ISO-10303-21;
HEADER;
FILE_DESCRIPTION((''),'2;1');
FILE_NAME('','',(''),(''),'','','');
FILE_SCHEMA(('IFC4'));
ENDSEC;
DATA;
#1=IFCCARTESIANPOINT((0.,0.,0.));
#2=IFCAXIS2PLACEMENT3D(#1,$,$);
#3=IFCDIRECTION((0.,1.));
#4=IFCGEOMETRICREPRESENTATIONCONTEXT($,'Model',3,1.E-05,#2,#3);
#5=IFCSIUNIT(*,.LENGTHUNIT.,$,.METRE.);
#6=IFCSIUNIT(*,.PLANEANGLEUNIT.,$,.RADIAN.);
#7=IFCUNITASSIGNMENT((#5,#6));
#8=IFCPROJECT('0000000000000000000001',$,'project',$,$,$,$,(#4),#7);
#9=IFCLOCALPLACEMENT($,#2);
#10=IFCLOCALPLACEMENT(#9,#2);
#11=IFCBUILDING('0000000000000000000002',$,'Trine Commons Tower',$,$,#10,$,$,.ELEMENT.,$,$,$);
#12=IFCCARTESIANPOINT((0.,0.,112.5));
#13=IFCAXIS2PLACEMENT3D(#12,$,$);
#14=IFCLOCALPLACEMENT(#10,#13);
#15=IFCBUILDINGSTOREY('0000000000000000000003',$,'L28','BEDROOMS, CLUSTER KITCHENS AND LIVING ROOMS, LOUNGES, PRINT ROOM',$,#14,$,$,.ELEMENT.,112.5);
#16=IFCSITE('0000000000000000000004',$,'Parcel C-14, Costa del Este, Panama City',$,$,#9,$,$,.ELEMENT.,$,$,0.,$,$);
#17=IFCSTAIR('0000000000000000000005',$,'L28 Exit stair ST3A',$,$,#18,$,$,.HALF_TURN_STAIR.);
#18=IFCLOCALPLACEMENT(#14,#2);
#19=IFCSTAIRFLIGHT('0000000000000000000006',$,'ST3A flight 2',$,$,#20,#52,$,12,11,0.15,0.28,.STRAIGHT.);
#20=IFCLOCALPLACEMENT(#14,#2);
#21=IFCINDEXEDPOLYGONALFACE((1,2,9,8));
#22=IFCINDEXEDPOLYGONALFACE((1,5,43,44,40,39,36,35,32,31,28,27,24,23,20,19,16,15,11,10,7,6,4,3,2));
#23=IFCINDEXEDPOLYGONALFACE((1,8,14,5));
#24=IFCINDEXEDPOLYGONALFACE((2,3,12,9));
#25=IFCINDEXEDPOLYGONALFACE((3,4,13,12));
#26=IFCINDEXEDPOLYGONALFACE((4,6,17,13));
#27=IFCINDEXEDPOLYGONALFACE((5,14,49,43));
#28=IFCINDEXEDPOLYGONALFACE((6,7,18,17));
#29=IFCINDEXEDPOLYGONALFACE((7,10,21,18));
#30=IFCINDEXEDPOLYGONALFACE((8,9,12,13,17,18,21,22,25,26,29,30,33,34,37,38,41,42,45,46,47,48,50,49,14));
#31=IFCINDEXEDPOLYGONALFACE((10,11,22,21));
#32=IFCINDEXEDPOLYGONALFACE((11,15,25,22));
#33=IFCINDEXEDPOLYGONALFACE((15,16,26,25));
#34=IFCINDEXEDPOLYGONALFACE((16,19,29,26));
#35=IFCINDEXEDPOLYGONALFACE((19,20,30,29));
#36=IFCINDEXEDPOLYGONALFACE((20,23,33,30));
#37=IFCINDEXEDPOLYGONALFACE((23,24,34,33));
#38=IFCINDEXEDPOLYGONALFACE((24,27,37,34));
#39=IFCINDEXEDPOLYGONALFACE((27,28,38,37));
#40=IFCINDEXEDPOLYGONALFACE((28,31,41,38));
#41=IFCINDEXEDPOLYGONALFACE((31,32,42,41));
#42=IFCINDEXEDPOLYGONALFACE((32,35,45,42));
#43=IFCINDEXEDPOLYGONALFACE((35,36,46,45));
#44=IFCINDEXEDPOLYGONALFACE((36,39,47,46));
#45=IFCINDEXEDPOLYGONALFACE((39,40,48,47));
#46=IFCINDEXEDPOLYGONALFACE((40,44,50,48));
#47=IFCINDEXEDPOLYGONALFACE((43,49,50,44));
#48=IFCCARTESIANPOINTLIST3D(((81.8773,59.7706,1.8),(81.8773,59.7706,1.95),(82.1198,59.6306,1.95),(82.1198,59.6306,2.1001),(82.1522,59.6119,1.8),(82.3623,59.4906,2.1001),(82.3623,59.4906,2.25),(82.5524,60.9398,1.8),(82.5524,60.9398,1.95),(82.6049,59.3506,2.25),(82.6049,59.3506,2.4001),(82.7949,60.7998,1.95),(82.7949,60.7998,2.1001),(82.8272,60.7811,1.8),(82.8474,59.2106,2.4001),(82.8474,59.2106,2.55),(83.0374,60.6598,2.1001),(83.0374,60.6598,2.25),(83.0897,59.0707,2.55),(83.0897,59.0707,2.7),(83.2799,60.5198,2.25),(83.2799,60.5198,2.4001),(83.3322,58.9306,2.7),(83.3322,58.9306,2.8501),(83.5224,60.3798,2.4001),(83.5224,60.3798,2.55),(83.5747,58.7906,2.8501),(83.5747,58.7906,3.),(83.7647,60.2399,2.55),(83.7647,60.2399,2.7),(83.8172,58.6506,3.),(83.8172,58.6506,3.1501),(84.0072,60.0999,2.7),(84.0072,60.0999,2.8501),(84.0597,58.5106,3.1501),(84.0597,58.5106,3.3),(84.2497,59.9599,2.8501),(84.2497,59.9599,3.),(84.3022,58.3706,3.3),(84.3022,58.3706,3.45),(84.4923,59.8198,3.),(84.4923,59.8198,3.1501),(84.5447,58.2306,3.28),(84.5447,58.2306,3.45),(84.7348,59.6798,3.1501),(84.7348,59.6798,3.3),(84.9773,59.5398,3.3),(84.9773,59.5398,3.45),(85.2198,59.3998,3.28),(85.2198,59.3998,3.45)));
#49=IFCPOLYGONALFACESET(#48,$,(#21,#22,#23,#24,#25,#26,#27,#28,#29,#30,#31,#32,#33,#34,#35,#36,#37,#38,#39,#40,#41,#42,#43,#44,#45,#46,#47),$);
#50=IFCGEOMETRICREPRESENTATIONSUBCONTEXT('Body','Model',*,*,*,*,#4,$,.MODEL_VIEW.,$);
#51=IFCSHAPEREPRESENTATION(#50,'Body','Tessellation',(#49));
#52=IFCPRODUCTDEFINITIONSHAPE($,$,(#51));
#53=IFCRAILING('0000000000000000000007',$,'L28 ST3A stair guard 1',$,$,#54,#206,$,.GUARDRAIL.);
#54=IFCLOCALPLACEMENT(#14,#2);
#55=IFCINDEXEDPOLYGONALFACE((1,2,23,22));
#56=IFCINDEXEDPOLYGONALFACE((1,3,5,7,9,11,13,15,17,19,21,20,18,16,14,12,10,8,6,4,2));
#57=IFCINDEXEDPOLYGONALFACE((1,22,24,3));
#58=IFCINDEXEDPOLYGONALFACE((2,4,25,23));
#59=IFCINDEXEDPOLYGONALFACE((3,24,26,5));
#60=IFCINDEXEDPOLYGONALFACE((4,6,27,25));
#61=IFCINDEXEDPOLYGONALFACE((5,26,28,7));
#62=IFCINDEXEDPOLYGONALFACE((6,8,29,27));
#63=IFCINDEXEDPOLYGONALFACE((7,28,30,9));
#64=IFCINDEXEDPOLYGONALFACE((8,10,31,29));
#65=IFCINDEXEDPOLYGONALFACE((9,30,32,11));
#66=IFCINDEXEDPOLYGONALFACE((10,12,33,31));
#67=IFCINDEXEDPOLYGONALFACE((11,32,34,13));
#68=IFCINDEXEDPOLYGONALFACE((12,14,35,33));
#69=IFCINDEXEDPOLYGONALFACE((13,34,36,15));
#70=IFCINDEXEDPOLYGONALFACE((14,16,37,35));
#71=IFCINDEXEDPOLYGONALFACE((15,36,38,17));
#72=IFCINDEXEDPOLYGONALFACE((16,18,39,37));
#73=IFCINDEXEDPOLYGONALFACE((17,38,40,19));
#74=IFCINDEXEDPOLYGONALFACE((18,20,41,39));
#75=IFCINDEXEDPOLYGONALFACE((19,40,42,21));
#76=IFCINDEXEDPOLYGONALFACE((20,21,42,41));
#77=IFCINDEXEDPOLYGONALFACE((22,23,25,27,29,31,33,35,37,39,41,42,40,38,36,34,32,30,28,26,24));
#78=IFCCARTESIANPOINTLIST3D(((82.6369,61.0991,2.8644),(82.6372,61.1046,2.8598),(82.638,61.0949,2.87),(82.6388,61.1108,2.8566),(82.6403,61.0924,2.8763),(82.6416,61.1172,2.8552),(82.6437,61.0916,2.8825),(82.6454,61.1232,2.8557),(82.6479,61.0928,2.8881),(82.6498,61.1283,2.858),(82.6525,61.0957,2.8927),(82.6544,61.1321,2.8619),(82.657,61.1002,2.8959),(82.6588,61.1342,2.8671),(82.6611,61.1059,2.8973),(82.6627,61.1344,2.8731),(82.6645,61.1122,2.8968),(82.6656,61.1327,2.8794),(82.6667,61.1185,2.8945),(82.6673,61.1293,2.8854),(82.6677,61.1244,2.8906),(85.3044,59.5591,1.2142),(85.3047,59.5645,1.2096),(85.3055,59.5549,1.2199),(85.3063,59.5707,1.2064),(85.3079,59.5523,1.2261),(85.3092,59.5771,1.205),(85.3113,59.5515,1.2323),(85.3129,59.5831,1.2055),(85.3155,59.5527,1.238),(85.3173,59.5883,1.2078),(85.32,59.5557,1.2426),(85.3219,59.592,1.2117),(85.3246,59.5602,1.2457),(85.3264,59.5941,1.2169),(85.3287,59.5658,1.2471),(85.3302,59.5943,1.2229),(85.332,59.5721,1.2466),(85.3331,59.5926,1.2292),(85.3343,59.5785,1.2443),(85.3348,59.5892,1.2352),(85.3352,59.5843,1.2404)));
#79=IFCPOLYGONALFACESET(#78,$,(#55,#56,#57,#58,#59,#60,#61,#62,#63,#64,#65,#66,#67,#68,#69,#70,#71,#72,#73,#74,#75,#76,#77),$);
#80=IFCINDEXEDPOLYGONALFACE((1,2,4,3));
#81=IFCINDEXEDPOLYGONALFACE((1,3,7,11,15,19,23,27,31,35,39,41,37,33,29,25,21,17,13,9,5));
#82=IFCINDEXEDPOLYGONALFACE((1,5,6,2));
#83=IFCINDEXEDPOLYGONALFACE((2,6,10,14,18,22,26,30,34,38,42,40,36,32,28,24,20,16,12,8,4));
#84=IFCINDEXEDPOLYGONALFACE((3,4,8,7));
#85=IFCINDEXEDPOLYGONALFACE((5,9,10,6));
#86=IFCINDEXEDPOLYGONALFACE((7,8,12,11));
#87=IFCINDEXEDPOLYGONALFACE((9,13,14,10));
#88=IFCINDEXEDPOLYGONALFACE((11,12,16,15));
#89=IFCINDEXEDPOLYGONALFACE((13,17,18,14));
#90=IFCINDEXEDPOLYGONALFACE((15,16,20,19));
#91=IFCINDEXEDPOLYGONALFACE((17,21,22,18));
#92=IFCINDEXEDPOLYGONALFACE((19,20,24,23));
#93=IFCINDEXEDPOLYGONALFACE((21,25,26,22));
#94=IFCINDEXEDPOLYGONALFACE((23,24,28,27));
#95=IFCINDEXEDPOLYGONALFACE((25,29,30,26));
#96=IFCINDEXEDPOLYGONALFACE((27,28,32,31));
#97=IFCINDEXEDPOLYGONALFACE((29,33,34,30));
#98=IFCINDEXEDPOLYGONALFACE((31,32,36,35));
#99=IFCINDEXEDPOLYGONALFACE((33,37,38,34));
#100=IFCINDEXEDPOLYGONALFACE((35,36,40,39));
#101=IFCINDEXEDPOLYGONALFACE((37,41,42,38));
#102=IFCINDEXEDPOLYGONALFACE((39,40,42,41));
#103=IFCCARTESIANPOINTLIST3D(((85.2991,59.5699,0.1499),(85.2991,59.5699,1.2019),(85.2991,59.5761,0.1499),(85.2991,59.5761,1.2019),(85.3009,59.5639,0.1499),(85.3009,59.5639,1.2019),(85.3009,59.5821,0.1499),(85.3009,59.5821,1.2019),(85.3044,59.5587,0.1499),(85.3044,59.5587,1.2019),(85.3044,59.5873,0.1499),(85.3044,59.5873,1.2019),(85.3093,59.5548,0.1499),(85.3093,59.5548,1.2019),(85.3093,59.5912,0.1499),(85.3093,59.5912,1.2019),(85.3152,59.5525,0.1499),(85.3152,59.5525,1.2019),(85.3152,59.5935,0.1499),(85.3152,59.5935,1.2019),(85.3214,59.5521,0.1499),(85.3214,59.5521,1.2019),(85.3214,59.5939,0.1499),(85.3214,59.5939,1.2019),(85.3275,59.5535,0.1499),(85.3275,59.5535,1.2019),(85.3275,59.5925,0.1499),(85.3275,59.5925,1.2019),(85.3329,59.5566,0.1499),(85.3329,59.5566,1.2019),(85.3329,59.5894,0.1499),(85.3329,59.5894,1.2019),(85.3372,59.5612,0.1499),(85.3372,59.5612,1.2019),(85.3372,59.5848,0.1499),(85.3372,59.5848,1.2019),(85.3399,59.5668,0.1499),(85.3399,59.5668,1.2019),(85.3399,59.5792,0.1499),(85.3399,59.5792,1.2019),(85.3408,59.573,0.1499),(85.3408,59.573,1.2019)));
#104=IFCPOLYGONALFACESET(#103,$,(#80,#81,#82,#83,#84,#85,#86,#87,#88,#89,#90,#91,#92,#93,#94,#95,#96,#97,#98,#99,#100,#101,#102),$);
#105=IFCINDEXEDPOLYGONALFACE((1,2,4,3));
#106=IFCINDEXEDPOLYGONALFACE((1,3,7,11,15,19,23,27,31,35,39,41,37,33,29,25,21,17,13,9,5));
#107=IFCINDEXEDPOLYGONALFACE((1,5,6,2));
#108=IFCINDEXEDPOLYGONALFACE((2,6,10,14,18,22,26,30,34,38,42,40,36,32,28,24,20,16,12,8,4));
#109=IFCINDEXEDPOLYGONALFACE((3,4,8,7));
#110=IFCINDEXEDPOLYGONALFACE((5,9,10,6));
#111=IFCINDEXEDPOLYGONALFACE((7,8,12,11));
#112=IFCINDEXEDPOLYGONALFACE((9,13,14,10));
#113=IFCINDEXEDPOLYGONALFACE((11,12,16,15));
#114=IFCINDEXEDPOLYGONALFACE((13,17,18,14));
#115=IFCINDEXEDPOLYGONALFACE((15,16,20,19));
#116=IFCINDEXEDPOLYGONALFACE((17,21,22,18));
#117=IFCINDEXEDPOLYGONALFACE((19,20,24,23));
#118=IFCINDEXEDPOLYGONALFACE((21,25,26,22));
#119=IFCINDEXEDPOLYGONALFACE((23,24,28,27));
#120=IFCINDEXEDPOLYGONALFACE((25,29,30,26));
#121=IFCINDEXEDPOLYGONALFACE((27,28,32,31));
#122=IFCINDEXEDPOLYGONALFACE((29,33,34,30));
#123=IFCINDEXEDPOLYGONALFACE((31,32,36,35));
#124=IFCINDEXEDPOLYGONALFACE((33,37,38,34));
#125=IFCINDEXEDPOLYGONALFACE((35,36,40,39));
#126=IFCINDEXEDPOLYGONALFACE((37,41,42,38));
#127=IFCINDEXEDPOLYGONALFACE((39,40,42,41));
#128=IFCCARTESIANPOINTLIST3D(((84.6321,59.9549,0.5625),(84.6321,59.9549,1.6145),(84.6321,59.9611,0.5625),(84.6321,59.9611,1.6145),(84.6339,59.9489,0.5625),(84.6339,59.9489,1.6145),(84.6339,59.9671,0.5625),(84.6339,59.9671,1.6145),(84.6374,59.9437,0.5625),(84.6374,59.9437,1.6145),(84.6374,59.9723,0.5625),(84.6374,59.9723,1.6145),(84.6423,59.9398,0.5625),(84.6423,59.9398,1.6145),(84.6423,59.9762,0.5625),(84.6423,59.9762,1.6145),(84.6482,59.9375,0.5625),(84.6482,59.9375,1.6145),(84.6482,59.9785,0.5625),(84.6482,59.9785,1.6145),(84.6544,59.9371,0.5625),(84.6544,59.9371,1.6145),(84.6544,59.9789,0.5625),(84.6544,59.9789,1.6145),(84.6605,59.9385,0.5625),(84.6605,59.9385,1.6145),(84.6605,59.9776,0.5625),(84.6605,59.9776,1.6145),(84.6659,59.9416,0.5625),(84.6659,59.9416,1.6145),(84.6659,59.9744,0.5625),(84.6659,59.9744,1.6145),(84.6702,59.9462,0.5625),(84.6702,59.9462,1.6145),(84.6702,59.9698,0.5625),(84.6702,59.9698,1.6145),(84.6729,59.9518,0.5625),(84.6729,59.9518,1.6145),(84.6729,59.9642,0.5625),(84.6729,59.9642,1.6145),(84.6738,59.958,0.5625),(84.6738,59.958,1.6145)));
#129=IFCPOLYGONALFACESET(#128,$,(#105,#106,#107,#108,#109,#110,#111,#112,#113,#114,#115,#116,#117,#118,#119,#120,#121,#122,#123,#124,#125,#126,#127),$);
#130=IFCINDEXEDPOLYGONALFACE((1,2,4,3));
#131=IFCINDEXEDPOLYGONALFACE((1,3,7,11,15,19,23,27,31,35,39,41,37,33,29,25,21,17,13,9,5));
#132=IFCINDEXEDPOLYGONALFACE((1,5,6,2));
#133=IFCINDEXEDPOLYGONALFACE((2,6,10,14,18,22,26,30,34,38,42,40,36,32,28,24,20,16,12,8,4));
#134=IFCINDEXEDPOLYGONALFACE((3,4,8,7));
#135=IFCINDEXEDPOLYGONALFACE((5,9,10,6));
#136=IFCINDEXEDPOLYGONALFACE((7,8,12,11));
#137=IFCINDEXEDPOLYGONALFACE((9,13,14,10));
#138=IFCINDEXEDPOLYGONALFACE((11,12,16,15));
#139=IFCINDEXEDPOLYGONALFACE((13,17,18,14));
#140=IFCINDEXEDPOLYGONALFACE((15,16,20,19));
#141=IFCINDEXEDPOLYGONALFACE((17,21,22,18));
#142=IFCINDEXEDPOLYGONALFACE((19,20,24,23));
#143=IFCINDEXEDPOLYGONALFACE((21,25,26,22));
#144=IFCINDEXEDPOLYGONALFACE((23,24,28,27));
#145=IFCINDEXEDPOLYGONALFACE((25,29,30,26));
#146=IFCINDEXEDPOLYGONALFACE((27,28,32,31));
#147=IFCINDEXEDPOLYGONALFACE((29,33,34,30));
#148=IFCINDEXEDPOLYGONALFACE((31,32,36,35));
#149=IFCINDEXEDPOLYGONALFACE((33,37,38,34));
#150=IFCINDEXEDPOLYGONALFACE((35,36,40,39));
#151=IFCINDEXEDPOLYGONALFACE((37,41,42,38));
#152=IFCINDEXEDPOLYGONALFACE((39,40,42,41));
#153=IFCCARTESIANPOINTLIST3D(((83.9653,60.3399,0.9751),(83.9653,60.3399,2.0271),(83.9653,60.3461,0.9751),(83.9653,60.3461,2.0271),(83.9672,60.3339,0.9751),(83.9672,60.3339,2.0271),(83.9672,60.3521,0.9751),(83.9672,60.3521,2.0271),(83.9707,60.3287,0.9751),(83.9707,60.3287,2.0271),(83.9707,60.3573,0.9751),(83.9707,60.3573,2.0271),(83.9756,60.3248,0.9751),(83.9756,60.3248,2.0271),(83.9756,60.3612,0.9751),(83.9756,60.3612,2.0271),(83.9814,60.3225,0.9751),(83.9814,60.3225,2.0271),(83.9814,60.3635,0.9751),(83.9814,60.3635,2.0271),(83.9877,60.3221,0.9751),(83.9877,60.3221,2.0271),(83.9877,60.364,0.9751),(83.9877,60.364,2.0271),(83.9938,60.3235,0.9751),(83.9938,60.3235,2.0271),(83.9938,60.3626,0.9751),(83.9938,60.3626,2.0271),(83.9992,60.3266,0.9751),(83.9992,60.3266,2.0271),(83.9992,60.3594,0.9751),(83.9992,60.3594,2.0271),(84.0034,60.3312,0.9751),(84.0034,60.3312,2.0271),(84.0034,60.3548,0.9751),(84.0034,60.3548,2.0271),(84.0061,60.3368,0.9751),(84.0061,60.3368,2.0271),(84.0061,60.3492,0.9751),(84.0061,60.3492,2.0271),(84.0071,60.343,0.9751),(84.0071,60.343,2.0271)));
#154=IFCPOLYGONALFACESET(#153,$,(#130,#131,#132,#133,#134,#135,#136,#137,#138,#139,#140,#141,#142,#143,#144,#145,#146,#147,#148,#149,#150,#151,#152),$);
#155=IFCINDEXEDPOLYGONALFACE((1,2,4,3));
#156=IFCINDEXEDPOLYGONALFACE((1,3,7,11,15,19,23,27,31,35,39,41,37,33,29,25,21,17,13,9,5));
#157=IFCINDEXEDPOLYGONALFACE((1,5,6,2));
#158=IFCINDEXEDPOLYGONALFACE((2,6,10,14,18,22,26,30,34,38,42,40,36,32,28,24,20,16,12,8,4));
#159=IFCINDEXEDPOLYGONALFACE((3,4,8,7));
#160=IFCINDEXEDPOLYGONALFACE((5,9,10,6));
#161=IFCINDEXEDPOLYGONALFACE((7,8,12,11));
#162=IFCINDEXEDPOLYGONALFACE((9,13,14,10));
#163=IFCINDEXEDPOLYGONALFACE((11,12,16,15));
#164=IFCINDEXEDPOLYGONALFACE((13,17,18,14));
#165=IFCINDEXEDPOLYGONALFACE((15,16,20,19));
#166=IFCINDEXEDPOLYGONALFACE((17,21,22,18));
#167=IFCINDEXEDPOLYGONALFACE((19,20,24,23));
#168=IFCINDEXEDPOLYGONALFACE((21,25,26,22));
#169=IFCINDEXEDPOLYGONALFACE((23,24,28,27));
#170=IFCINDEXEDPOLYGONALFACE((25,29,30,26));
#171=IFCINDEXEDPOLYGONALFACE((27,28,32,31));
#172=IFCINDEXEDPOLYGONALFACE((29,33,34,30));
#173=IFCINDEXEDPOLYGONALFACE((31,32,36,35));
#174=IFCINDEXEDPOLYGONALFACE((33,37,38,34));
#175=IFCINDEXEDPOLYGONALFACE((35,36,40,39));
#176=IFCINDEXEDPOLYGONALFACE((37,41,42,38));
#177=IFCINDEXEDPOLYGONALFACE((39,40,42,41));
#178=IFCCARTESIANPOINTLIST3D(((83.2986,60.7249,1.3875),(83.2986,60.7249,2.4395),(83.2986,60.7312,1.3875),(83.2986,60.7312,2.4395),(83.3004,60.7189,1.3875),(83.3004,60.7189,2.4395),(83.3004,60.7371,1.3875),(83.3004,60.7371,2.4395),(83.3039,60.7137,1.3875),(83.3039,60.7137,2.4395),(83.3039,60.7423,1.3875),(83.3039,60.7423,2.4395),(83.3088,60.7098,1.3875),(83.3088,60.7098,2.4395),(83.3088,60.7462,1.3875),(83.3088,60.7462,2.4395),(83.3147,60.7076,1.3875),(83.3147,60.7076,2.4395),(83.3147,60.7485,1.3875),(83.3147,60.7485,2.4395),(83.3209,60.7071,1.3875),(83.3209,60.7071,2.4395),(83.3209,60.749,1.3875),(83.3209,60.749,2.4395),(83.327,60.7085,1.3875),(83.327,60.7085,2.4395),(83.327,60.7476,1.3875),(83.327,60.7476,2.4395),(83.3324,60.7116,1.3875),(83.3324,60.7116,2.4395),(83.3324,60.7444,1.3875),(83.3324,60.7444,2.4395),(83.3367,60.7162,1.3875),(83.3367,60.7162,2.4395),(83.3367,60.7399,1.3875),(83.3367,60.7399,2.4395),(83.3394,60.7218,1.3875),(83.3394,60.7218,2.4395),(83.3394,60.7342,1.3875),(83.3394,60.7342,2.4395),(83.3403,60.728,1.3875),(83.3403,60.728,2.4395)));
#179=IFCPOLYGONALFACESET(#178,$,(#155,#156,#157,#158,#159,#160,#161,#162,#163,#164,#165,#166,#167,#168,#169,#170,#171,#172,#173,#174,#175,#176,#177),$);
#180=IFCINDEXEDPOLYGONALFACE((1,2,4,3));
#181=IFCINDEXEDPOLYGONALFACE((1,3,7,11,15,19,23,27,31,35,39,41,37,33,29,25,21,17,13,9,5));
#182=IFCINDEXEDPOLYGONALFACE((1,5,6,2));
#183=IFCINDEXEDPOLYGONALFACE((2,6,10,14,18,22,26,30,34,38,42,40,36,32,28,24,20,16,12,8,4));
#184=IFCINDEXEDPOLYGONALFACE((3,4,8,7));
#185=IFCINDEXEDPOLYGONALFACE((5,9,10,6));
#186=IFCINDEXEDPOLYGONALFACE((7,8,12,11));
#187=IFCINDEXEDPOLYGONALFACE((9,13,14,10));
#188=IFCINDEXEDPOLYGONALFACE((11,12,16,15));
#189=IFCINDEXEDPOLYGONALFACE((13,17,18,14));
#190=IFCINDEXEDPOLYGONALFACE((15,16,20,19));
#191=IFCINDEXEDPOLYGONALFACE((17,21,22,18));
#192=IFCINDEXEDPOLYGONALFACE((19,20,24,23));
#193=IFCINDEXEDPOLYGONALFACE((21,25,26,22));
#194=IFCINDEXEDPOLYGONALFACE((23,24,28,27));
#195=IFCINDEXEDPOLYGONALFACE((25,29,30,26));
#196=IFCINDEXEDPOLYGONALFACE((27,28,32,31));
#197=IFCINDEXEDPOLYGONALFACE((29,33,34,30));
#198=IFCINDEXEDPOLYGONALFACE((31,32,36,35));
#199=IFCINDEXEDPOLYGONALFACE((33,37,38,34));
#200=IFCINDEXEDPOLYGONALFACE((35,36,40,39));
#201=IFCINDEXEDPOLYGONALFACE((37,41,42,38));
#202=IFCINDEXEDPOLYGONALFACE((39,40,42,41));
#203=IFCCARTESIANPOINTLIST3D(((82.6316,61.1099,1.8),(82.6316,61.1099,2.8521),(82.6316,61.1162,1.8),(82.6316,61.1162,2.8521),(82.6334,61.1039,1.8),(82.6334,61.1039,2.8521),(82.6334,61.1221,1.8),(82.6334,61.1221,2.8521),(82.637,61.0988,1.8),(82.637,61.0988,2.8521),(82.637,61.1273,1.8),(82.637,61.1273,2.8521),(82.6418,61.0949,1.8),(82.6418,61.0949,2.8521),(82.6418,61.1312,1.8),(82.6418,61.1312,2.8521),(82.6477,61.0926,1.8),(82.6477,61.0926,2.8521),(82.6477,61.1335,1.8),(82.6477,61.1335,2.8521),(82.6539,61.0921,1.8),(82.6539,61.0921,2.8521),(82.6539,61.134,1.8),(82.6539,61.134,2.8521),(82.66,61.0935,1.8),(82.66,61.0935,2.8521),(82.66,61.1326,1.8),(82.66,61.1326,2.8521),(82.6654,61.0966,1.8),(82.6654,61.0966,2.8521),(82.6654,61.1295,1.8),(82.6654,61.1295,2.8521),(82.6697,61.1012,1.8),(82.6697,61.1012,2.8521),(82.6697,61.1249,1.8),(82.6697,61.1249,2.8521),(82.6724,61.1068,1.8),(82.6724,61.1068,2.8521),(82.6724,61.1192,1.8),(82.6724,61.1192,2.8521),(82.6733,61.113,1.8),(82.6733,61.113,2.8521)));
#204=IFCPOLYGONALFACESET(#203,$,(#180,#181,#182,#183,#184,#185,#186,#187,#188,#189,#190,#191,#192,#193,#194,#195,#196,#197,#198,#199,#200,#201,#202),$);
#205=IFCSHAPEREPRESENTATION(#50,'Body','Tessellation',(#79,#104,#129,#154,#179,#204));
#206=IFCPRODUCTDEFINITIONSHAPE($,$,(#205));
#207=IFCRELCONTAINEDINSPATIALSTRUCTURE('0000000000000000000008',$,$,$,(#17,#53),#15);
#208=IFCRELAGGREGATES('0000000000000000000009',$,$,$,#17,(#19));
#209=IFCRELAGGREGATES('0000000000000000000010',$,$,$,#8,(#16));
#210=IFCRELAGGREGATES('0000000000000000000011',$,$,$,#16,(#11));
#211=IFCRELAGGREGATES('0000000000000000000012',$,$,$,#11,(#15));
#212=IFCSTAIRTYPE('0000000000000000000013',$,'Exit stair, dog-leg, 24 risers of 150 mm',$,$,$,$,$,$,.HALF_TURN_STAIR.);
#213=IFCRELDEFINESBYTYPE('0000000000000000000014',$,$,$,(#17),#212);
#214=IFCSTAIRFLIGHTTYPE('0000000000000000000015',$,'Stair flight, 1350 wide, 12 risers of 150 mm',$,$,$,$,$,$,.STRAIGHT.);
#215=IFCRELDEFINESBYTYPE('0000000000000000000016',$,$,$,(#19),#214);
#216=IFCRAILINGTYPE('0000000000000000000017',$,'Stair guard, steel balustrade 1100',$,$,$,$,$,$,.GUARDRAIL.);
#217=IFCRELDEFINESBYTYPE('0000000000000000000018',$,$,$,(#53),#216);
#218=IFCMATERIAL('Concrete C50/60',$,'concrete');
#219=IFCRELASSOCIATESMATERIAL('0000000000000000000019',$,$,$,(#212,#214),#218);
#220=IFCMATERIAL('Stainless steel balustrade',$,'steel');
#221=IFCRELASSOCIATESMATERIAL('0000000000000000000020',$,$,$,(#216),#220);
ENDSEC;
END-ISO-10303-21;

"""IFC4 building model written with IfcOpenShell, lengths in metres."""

from ifc_helpers import new_model, si_unit, direction, frame, origin, origin_2d, place, context, subcontext, project, spatial, polyline, circle, outline, extrude, material, type_object, element, aggregate, save


model = new_model("IFC4")

# Units and contexts
model_context = context("Model", 3, precision=1e-05, world=origin(), true_north=direction((0.0, 1.0)))
body_context = subcontext(model_context, "Body", "Model", "MODEL_VIEW")
ifc_project = project(units=[si_unit("LENGTHUNIT", "METRE"), si_unit("PLANEANGLEUNIT", "RADIAN")], contexts=[model_context])

# Site, building, storey
site_placement = place(None, origin())
site = spatial("IfcSite", under=ifc_project, at=site_placement, Name="Parcel C-14, Costa del Este, Panama City", CompositionType="ELEMENT", RefElevation=0.0)
building_placement = place(site_placement, origin())
building = spatial("IfcBuilding", under=site, at=building_placement, Name="Trine Commons Tower", CompositionType="ELEMENT")
storey_placement = place(building_placement, frame((0.0, 0.0, 112.5)))
storey = spatial("IfcBuildingStorey", under=building, at=storey_placement, Name="L28", Description="BEDROOMS, CLUSTER KITCHENS AND LIVING ROOMS, LOUNGES, PRINT ROOM", CompositionType="ELEMENT", Elevation=112.5)

# Shared definitions
ifc_material_1 = material(Name="Concrete C50/60", Category="concrete")

# Stair, stair flight
stair_type = type_object("IfcStairType", Name="Exit stair, dog-leg, 24 risers of 150 mm", PredefinedType="HALF_TURN_STAIR", material=ifc_material_1)
stair_placement = place(storey_placement, origin())
stair = element("IfcStair", 1, at=stair_placement, inside=storey, type_object=stair_type, Name="L28 Exit stair ST3A", PredefinedType="HALF_TURN_STAIR")
stair_flight_type = type_object("IfcStairFlightType", Name="Stair flight, 1350 wide, 12 risers of 150 mm", PredefinedType="STRAIGHT", material=ifc_material_1)
stair_flight_placement = place(storey_placement, frame((82.2148, 60.3552, 1.8), z_axis=(0.0, 0.0, 1.0), x_axis=(0.866025, -0.5, 0.0)))
stair_flight = element("IfcStairFlight", 2, at=stair_flight_placement, type_object=stair_flight_type, Name="ST3A flight 2", NumberOfRisers=12, NumberOfTreads=11, PredefinedType="STRAIGHT", RiserHeight=0.15, TreadLength=0.28, context=body_context, shape_type="SweptSolid", body=[
    extrude(outline(polyline([(0.0, 0.0), (0.0, 0.1499), (0.28, 0.1499), (0.28, 0.3), (0.5601, 0.3), (0.5601, 0.45), (0.8401, 0.45), (0.8401, 0.6001), (1.1201, 0.6001), (1.1201, 0.75), (1.3999, 0.75), (1.3999, 0.8999), (1.6799, 0.8999), (1.6799, 1.05), (1.96, 1.05), (1.96, 1.2), (2.24, 1.2), (2.24, 1.3501), (2.52, 1.3501), (2.52, 1.5), (2.8, 1.5), (2.8, 1.6499), (3.0801, 1.6499), (3.0801, 1.8), (3.0801, 1.48), (0.3174, 0.0), (0.0, 0.0)])), frame((0.0, 0.675, 0.0), z_axis=(0.0, -1.0, 0.0), x_axis=(1.0, 0.0, 0.0)), (0.0, 0.0, 1.0), 1.3501),
])
aggregate(stair, [stair_flight])

# Railing
ifc_material_2 = material(Name="Stainless steel balustrade", Category="steel")
railing_type_1 = type_object("IfcRailingType", Name="Stair guard, steel balustrade 1100", PredefinedType="GUARDRAIL", material=ifc_material_2)
railing_1_placement = place(storey_placement, frame((85.3198, 59.573, 0.1499)))
element("IfcRailing", 3, at=railing_1_placement, inside=storey, type_object=railing_type_1, Name="L28 ST3A stair guard 1", PredefinedType="GUARDRAIL", context=body_context, shape_type="SweptSolid", body=[
    extrude(circle(Radius=0.0239, at=origin_2d()), frame((0.0, 0.0, 1.0762), z_axis=(-0.76338, 0.440728, 0.472239), x_axis=(-0.499992, -0.86603, 0.0)), (0.0, 0.0, 1.0), 3.4944),
    extrude(circle(Radius=0.021, at=origin_2d()), origin(), (0.0, 0.0, 1.0), 1.052),
    extrude(circle(Radius=0.021, at=origin_2d()), frame((-0.667, 0.385, 0.4126)), (0.0, 0.0, 1.0), 1.052),
    extrude(circle(Radius=0.021, at=origin_2d()), frame((-1.3337, 0.77, 0.8252)), (0.0, 0.0, 1.0), 1.052),
    extrude(circle(Radius=0.021, at=origin_2d()), frame((-2.0005, 1.155, 1.2375)), (0.0, 0.0, 1.0), 1.052),
    extrude(circle(Radius=0.021, at=origin_2d()), frame((-2.6675, 1.54, 1.6501)), (0.0, 0.0, 1.0), 1.052),
])

save(model, "model.ifc")
